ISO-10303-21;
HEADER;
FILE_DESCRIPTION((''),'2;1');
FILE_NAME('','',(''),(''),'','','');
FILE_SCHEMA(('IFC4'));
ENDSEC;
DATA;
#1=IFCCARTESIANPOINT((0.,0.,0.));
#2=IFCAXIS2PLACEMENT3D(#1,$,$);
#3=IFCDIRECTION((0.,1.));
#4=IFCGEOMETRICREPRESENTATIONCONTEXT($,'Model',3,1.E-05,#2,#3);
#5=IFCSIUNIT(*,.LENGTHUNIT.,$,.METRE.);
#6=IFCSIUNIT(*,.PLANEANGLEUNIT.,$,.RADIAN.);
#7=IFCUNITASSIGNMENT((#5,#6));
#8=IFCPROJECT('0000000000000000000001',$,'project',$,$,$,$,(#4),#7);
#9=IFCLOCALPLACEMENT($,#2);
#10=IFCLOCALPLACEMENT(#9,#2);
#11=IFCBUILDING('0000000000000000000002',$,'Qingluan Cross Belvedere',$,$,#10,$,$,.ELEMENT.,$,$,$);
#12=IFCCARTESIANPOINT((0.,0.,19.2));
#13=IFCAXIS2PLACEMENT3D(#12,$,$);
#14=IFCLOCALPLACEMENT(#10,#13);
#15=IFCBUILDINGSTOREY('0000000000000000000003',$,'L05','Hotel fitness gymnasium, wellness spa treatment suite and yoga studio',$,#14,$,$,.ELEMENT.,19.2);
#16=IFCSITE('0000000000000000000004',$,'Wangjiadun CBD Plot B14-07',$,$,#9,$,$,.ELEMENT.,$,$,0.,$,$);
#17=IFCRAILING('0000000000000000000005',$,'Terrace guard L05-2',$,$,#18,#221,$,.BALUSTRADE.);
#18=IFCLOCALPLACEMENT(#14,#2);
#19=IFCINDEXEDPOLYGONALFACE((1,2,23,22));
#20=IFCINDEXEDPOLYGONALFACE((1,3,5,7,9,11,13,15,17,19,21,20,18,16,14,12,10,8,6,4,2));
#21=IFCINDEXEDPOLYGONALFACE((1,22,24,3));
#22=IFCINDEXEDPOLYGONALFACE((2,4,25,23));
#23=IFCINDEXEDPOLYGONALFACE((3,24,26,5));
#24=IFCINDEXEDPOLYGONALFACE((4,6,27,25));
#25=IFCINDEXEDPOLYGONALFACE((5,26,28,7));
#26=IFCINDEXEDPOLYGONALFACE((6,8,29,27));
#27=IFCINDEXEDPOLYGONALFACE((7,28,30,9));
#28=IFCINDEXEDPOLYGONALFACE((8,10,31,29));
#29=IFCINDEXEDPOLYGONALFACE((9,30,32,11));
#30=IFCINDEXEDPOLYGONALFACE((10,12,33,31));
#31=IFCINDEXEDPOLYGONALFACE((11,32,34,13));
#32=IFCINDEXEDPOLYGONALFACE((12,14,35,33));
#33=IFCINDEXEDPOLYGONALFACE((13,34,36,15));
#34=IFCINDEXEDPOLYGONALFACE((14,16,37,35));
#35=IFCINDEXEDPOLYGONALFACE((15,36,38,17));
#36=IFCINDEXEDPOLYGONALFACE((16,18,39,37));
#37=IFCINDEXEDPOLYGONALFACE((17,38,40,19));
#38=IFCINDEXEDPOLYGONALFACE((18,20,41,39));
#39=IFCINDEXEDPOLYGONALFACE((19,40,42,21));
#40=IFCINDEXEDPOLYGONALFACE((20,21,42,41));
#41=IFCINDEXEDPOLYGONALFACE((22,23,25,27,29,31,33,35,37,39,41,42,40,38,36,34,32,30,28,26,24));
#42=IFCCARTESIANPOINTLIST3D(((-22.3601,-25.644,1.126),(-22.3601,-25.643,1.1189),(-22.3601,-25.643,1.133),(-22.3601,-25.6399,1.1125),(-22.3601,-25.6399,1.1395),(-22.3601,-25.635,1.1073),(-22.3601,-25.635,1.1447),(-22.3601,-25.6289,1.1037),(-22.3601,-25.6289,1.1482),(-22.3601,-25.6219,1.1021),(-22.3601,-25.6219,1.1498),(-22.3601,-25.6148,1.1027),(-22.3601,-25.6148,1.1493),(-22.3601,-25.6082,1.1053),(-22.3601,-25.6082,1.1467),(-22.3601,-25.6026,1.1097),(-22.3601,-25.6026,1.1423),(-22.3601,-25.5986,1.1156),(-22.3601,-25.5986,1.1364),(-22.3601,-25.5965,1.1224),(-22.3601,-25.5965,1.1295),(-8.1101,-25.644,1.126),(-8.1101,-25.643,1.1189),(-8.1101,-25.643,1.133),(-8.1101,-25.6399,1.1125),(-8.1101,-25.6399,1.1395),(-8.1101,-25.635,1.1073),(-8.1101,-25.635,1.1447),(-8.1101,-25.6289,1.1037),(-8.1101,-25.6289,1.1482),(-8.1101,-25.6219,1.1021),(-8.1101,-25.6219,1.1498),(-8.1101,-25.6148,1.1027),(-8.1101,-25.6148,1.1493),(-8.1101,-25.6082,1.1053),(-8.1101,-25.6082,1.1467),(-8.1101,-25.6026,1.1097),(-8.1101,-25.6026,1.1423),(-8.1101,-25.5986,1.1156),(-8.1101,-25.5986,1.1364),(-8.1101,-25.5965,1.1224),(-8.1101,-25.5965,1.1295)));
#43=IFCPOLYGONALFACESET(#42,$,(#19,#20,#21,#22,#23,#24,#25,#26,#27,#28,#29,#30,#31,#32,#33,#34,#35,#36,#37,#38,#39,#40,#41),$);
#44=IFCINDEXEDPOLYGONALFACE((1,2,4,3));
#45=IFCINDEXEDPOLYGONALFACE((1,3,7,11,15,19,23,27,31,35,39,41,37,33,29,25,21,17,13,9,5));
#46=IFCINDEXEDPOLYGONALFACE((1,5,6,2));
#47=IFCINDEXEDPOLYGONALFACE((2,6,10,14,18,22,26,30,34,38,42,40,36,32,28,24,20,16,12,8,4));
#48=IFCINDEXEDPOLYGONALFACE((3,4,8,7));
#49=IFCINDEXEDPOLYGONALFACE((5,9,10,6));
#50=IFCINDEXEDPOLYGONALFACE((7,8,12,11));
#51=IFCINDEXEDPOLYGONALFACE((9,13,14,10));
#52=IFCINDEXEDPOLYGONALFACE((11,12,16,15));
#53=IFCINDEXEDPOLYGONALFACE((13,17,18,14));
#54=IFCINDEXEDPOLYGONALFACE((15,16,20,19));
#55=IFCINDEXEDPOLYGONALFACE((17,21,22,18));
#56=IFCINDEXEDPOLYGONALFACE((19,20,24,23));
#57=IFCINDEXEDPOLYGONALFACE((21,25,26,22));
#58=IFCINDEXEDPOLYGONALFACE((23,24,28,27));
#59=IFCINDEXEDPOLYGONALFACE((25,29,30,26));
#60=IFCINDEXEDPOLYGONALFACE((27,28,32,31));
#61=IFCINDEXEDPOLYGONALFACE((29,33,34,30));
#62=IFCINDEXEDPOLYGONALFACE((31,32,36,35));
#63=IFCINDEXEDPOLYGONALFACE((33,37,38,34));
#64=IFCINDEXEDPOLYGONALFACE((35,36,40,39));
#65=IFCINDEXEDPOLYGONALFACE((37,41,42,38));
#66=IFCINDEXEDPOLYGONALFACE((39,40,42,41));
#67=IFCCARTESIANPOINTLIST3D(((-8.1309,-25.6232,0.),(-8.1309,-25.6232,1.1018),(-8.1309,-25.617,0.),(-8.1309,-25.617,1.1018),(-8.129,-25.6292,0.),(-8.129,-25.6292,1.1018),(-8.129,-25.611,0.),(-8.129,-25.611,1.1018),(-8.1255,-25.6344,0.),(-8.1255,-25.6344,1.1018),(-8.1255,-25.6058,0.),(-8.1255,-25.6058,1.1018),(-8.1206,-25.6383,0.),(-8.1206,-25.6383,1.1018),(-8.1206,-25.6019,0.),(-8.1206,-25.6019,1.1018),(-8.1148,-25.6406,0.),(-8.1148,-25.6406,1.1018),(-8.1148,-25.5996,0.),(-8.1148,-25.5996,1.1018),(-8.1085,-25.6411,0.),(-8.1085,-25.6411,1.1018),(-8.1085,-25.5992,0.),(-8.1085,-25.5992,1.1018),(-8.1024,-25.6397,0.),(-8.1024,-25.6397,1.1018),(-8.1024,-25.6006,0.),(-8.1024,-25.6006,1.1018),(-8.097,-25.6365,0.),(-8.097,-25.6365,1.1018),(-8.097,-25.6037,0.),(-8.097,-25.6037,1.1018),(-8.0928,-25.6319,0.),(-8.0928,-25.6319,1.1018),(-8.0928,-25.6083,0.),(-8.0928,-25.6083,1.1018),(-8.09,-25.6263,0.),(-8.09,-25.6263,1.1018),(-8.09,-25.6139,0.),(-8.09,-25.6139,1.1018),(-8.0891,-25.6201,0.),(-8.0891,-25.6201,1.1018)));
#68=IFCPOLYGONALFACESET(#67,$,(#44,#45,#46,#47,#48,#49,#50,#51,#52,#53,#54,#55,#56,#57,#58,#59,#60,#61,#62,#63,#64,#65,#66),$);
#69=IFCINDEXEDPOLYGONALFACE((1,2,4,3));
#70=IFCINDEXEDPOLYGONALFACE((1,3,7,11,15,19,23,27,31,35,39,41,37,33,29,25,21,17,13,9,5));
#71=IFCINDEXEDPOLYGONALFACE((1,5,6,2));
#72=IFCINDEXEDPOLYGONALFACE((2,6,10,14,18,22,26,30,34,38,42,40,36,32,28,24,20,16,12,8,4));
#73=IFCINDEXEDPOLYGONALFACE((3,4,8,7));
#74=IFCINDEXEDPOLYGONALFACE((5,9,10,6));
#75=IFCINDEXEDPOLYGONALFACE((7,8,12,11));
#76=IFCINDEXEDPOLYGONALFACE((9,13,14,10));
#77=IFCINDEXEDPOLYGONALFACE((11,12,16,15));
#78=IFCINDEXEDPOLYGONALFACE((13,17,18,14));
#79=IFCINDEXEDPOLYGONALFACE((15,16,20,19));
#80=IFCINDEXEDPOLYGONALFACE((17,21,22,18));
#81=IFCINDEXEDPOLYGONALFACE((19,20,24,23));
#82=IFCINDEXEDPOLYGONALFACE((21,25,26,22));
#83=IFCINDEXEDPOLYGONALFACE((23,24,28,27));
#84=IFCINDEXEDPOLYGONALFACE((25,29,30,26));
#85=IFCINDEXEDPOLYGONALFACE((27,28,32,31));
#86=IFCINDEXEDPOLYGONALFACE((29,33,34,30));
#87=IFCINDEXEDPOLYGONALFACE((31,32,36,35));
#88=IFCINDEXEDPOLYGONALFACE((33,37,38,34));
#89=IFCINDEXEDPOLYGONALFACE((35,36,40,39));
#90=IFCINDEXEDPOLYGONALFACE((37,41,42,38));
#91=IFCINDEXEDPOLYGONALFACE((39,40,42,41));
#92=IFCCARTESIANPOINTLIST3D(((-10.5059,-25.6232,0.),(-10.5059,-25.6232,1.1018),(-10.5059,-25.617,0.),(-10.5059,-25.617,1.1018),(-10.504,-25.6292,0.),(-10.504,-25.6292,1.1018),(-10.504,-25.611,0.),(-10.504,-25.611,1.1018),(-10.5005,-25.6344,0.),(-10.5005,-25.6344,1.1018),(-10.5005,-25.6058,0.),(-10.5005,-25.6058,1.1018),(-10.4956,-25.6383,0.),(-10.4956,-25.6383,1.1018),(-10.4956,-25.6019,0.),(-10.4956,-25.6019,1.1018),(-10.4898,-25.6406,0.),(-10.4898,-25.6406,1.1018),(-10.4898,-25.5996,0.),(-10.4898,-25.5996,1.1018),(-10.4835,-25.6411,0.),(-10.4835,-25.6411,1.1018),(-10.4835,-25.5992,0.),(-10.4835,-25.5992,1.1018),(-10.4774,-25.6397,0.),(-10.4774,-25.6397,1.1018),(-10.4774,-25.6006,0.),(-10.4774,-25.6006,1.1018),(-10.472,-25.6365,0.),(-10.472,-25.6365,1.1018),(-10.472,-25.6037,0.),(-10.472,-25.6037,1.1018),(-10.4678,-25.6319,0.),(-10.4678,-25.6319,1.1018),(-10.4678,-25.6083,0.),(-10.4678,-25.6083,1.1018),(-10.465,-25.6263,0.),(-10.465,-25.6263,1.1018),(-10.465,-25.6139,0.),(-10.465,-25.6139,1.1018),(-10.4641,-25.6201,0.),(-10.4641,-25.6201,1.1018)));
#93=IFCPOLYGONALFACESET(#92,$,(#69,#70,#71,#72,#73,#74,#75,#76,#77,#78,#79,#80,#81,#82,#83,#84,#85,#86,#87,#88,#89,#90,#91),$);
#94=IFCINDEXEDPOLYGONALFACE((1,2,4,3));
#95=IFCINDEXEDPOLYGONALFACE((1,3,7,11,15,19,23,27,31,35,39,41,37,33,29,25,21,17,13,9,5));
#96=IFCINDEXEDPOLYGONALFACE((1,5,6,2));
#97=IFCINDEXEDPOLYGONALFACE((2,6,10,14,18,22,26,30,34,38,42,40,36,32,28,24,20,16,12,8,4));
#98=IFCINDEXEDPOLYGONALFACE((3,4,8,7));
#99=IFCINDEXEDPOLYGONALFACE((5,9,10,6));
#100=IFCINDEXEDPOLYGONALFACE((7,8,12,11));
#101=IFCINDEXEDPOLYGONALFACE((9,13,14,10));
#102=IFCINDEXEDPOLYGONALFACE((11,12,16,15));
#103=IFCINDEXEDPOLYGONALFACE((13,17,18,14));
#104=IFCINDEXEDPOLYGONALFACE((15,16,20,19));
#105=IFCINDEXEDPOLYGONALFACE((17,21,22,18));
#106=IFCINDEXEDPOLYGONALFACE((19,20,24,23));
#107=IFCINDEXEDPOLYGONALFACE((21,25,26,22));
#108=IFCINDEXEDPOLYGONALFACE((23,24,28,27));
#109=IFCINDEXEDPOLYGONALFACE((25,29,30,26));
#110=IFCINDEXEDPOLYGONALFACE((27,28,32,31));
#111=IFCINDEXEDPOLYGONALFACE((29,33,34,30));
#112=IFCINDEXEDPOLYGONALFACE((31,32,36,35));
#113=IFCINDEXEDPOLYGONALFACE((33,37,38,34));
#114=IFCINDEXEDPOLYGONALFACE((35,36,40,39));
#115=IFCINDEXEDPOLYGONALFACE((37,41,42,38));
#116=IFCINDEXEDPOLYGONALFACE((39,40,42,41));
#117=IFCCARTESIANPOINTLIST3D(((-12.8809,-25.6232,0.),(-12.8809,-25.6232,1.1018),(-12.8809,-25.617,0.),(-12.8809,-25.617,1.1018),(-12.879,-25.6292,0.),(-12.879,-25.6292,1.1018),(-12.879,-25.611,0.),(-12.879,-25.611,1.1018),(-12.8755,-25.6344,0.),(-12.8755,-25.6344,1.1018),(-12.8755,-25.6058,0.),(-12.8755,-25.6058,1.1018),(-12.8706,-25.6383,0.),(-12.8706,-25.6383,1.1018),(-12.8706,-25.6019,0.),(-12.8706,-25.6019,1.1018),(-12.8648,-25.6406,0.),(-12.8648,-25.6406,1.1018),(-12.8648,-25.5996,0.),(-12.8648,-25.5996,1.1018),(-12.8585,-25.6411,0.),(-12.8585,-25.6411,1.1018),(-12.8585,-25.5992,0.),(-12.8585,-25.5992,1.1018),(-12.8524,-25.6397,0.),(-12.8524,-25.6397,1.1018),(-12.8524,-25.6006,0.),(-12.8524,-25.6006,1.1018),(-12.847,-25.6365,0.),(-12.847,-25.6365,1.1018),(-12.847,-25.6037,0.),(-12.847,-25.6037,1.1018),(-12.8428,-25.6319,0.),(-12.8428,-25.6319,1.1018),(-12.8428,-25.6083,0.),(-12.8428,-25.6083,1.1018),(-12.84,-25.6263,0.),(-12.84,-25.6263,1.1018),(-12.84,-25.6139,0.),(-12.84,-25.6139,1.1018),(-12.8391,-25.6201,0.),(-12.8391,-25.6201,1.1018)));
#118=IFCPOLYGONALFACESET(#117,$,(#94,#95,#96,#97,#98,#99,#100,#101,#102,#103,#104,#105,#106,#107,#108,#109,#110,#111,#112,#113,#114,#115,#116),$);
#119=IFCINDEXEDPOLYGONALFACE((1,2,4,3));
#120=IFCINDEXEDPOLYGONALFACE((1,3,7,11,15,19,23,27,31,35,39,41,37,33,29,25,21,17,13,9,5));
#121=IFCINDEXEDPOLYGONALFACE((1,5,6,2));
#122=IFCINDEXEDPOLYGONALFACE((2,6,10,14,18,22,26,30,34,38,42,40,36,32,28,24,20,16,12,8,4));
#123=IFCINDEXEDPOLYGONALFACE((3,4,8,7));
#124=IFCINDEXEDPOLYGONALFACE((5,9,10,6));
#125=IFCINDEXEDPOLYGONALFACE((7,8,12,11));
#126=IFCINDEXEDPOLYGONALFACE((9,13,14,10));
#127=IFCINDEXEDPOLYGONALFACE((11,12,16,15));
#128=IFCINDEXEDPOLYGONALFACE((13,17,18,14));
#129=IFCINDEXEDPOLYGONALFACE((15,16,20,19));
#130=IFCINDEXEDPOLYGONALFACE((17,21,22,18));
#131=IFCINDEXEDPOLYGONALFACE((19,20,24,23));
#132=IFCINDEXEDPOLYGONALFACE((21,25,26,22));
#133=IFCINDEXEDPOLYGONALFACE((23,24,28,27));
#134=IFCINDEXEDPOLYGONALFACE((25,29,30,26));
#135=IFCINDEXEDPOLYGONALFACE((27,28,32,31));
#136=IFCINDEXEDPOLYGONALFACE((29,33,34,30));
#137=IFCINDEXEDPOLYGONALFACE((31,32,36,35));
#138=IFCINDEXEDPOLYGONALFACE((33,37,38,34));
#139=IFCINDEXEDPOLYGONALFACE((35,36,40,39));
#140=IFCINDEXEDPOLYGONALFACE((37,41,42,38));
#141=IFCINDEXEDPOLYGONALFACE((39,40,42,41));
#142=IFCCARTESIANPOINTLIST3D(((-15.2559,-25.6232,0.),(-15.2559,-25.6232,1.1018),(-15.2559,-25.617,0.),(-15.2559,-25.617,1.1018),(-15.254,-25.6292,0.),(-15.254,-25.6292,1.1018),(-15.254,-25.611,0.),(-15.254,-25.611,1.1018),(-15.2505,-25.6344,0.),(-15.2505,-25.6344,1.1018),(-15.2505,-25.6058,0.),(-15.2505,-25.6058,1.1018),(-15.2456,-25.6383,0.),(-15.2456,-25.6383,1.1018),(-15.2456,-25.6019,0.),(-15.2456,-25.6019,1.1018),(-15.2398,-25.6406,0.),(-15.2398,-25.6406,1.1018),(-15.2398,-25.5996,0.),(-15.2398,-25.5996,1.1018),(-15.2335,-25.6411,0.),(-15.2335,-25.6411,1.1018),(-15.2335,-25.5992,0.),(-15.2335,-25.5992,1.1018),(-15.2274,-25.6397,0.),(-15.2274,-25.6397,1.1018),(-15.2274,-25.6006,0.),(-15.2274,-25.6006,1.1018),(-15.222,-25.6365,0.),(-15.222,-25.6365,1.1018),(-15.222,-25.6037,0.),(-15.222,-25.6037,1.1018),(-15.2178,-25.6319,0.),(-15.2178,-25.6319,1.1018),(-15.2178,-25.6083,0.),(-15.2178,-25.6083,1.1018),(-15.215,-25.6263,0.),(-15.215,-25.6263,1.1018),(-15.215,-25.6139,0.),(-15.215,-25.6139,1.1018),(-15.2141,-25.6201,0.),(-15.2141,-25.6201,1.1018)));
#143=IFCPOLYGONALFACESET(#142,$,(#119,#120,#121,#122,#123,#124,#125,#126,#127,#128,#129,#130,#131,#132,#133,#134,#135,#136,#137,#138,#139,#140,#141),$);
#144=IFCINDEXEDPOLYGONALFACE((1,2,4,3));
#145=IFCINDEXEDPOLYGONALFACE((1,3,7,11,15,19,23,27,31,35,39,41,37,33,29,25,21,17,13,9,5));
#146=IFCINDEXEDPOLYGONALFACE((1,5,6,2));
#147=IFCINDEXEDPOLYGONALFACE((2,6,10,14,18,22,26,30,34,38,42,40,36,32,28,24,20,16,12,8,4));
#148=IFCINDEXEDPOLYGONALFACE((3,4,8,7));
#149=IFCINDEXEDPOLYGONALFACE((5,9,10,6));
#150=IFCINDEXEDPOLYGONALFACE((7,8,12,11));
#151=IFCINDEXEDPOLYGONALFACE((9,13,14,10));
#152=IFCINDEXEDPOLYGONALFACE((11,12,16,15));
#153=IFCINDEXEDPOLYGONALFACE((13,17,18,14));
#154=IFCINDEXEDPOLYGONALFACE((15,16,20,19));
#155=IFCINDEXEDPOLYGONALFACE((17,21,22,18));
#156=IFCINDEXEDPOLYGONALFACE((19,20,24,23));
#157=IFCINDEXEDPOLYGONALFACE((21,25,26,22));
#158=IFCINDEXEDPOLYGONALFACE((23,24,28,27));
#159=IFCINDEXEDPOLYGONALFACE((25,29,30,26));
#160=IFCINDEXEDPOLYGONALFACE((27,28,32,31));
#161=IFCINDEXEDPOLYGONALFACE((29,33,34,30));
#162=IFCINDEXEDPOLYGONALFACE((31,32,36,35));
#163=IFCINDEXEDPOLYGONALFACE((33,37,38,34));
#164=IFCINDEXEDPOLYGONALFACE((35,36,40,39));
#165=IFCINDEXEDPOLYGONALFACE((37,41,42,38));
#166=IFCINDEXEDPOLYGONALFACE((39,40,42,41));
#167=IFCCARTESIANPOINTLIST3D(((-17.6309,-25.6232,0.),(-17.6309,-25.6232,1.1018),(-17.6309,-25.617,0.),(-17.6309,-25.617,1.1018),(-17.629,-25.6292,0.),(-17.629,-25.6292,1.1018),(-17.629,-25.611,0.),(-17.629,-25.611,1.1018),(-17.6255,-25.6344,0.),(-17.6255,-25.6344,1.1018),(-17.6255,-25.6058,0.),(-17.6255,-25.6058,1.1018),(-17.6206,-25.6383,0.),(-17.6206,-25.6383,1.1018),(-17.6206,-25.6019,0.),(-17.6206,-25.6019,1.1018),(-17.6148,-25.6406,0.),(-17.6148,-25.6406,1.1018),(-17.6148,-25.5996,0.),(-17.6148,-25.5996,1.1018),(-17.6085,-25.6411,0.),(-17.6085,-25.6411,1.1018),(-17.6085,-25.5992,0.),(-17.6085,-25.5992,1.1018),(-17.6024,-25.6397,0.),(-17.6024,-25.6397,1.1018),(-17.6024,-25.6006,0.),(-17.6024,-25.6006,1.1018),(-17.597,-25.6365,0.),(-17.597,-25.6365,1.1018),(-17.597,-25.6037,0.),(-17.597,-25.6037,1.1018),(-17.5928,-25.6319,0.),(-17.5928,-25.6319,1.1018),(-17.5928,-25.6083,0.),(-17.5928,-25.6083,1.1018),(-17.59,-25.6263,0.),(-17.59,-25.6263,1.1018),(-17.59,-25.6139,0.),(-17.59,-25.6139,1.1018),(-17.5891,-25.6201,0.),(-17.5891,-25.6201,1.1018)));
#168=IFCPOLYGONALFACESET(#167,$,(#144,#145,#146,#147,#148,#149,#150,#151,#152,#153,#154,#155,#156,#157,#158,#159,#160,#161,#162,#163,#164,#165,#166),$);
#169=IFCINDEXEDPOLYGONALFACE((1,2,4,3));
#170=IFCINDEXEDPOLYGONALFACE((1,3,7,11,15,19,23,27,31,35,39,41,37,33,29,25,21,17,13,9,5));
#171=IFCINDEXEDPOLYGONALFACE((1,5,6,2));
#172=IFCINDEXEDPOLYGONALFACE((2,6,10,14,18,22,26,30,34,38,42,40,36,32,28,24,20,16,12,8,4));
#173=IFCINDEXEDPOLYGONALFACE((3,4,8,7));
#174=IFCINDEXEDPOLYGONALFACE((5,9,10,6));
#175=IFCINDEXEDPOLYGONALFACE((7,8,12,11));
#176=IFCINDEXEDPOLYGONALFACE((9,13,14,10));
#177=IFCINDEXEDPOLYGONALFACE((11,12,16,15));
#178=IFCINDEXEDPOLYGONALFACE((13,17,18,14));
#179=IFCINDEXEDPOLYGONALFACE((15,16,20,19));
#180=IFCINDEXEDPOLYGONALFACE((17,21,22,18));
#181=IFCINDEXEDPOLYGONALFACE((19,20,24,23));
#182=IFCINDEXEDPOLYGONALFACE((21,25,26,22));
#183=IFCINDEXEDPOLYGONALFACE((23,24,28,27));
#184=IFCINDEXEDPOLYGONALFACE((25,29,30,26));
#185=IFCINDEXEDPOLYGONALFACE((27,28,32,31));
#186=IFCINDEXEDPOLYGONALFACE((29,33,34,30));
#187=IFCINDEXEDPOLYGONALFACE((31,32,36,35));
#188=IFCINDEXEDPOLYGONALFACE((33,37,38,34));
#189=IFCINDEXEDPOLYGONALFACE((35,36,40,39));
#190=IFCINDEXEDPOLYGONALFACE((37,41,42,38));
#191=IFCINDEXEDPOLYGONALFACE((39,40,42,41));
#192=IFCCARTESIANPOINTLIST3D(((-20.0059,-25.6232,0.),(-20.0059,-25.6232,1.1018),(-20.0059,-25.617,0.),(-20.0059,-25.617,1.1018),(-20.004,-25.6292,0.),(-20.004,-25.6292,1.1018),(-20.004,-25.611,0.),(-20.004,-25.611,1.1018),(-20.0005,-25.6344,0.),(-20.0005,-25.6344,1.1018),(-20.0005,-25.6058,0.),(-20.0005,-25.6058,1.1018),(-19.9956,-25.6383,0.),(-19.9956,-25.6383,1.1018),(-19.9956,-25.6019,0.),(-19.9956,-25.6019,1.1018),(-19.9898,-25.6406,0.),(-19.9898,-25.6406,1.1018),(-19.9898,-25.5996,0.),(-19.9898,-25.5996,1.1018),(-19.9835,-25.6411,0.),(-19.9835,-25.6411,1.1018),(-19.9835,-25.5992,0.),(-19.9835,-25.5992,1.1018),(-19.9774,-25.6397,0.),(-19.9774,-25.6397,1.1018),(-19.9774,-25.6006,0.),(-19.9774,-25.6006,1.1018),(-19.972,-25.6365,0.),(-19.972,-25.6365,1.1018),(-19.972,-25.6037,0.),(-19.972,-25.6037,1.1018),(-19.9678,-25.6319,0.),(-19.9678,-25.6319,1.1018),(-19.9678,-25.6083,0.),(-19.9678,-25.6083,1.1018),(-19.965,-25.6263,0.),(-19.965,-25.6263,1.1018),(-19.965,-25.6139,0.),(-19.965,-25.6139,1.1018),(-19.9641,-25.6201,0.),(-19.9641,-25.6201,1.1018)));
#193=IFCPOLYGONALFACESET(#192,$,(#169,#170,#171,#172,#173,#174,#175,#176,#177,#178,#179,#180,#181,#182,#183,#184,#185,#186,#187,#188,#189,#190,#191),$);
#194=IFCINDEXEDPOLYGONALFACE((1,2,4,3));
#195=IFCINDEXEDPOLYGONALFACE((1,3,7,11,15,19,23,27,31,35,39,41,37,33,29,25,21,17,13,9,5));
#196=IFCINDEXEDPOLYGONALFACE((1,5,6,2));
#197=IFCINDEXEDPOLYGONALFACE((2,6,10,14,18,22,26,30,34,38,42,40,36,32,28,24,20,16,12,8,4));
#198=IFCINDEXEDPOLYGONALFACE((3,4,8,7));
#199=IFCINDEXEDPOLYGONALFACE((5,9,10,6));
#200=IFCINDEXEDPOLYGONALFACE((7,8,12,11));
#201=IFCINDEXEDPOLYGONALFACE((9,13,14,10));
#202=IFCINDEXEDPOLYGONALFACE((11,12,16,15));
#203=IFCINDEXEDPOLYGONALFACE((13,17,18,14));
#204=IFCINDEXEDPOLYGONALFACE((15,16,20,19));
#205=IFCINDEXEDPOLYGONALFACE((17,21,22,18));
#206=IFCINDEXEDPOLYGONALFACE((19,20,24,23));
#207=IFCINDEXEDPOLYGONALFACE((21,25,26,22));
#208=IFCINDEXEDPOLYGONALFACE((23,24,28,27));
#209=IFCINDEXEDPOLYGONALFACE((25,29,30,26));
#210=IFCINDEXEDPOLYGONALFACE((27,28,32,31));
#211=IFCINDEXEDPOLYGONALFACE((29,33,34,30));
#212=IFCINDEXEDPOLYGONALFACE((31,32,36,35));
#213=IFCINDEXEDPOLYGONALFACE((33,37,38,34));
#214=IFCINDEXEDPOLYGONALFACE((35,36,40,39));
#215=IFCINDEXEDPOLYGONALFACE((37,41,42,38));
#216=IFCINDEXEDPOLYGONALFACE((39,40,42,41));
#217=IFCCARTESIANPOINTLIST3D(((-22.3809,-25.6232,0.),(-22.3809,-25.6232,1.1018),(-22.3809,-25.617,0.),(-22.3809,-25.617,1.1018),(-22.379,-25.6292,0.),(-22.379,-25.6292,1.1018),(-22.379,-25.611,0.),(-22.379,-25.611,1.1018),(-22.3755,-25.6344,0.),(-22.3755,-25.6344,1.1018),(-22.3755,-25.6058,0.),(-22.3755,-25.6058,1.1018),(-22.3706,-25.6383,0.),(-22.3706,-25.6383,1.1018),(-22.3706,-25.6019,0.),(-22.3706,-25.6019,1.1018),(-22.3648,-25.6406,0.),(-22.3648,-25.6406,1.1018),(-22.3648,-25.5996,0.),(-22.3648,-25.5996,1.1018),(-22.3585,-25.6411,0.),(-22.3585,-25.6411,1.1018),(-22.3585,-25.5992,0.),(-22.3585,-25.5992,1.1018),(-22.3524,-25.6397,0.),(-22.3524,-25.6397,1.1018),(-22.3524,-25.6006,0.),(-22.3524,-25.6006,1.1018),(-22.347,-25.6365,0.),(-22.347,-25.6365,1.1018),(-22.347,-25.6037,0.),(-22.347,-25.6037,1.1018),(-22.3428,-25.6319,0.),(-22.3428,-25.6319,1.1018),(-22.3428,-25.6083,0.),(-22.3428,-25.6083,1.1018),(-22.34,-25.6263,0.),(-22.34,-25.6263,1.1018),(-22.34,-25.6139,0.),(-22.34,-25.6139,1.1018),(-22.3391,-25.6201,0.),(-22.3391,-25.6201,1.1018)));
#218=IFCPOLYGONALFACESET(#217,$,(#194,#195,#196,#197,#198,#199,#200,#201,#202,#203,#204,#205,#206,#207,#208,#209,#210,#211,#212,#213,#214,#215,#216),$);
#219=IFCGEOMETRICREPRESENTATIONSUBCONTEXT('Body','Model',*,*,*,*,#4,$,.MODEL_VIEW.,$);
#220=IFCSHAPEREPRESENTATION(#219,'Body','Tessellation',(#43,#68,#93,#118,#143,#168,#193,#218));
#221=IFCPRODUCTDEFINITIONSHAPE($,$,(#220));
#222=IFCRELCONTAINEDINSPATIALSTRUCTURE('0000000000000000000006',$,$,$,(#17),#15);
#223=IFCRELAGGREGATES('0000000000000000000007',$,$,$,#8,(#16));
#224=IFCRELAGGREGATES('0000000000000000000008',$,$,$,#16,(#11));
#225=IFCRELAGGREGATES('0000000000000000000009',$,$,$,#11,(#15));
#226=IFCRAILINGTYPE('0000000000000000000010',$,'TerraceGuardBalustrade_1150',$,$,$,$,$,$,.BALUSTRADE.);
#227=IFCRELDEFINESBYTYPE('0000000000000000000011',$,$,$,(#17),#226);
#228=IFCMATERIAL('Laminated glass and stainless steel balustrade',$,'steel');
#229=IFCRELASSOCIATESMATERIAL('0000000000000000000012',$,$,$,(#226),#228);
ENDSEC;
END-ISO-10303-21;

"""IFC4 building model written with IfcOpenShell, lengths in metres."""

from ifc_helpers import new_model, si_unit, direction, frame, origin, origin_2d, place, context, subcontext, project, spatial, circle, extrude, material, type_object, element, save


model = new_model("IFC4")

# Units and contexts
model_context = context("Model", 3, precision=1e-05, world=origin(), true_north=direction((0.0, 1.0)))
body_context = subcontext(model_context, "Body", "Model", "MODEL_VIEW")
ifc_project = project(units=[si_unit("LENGTHUNIT", "METRE"), si_unit("PLANEANGLEUNIT", "RADIAN")], contexts=[model_context])

# Site, building, storey
site_placement = place(None, origin())
site = spatial("IfcSite", under=ifc_project, at=site_placement, Name="Wangjiadun CBD Plot B14-07", CompositionType="ELEMENT", RefElevation=0.0)
building_placement = place(site_placement, origin())
building = spatial("IfcBuilding", under=site, at=building_placement, Name="Qingluan Cross Belvedere", CompositionType="ELEMENT")
storey_placement = place(building_placement, frame((0.0, 0.0, 19.2)))
storey = spatial("IfcBuildingStorey", under=building, at=storey_placement, Name="L05", Description="Hotel fitness gymnasium, wellness spa treatment suite and yoga studio", CompositionType="ELEMENT", Elevation=19.2)

# Railing
ifc_material_1 = material(Name="Laminated glass and stainless steel balustrade", Category="steel")
railing_type = type_object("IfcRailingType", Name="TerraceGuardBalustrade_1150", PredefinedType="BALUSTRADE", material=ifc_material_1)
railing_1_placement = place(storey_placement, frame((-8.1101, -25.6201, 0.0)))
element("IfcRailing", 1, at=railing_1_placement, inside=storey, type_object=railing_type, Name="Terrace guard L05-2", PredefinedType="BALUSTRADE", context=body_context, shape_type="SweptSolid", body=[
    extrude(circle(Radius=0.0239, at=origin_2d()), frame((0.0, 0.0, 1.126), z_axis=(-1.0, 0.0, 0.0), x_axis=(0.0, -1.0, 0.0)), (0.0, 0.0, 1.0), 14.25),
    extrude(circle(Radius=0.021, at=origin_2d()), origin(), (0.0, 0.0, 1.0), 1.1018),
    extrude(circle(Radius=0.021, at=origin_2d()), frame((-2.375, 0.0, 0.0)), (0.0, 0.0, 1.0), 1.1018),
    extrude(circle(Radius=0.021, at=origin_2d()), frame((-4.75, 0.0, 0.0)), (0.0, 0.0, 1.0), 1.1018),
    extrude(circle(Radius=0.021, at=origin_2d()), frame((-7.125, 0.0, 0.0)), (0.0, 0.0, 1.0), 1.1018),
    extrude(circle(Radius=0.021, at=origin_2d()), frame((-9.5, 0.0, 0.0)), (0.0, 0.0, 1.0), 1.1018),
    extrude(circle(Radius=0.021, at=origin_2d()), frame((-11.875, 0.0, 0.0)), (0.0, 0.0, 1.0), 1.1018),
    extrude(circle(Radius=0.021, at=origin_2d()), frame((-14.25, 0.0, 0.0)), (0.0, 0.0, 1.0), 1.1018),
])

save(model, "model.ifc")
